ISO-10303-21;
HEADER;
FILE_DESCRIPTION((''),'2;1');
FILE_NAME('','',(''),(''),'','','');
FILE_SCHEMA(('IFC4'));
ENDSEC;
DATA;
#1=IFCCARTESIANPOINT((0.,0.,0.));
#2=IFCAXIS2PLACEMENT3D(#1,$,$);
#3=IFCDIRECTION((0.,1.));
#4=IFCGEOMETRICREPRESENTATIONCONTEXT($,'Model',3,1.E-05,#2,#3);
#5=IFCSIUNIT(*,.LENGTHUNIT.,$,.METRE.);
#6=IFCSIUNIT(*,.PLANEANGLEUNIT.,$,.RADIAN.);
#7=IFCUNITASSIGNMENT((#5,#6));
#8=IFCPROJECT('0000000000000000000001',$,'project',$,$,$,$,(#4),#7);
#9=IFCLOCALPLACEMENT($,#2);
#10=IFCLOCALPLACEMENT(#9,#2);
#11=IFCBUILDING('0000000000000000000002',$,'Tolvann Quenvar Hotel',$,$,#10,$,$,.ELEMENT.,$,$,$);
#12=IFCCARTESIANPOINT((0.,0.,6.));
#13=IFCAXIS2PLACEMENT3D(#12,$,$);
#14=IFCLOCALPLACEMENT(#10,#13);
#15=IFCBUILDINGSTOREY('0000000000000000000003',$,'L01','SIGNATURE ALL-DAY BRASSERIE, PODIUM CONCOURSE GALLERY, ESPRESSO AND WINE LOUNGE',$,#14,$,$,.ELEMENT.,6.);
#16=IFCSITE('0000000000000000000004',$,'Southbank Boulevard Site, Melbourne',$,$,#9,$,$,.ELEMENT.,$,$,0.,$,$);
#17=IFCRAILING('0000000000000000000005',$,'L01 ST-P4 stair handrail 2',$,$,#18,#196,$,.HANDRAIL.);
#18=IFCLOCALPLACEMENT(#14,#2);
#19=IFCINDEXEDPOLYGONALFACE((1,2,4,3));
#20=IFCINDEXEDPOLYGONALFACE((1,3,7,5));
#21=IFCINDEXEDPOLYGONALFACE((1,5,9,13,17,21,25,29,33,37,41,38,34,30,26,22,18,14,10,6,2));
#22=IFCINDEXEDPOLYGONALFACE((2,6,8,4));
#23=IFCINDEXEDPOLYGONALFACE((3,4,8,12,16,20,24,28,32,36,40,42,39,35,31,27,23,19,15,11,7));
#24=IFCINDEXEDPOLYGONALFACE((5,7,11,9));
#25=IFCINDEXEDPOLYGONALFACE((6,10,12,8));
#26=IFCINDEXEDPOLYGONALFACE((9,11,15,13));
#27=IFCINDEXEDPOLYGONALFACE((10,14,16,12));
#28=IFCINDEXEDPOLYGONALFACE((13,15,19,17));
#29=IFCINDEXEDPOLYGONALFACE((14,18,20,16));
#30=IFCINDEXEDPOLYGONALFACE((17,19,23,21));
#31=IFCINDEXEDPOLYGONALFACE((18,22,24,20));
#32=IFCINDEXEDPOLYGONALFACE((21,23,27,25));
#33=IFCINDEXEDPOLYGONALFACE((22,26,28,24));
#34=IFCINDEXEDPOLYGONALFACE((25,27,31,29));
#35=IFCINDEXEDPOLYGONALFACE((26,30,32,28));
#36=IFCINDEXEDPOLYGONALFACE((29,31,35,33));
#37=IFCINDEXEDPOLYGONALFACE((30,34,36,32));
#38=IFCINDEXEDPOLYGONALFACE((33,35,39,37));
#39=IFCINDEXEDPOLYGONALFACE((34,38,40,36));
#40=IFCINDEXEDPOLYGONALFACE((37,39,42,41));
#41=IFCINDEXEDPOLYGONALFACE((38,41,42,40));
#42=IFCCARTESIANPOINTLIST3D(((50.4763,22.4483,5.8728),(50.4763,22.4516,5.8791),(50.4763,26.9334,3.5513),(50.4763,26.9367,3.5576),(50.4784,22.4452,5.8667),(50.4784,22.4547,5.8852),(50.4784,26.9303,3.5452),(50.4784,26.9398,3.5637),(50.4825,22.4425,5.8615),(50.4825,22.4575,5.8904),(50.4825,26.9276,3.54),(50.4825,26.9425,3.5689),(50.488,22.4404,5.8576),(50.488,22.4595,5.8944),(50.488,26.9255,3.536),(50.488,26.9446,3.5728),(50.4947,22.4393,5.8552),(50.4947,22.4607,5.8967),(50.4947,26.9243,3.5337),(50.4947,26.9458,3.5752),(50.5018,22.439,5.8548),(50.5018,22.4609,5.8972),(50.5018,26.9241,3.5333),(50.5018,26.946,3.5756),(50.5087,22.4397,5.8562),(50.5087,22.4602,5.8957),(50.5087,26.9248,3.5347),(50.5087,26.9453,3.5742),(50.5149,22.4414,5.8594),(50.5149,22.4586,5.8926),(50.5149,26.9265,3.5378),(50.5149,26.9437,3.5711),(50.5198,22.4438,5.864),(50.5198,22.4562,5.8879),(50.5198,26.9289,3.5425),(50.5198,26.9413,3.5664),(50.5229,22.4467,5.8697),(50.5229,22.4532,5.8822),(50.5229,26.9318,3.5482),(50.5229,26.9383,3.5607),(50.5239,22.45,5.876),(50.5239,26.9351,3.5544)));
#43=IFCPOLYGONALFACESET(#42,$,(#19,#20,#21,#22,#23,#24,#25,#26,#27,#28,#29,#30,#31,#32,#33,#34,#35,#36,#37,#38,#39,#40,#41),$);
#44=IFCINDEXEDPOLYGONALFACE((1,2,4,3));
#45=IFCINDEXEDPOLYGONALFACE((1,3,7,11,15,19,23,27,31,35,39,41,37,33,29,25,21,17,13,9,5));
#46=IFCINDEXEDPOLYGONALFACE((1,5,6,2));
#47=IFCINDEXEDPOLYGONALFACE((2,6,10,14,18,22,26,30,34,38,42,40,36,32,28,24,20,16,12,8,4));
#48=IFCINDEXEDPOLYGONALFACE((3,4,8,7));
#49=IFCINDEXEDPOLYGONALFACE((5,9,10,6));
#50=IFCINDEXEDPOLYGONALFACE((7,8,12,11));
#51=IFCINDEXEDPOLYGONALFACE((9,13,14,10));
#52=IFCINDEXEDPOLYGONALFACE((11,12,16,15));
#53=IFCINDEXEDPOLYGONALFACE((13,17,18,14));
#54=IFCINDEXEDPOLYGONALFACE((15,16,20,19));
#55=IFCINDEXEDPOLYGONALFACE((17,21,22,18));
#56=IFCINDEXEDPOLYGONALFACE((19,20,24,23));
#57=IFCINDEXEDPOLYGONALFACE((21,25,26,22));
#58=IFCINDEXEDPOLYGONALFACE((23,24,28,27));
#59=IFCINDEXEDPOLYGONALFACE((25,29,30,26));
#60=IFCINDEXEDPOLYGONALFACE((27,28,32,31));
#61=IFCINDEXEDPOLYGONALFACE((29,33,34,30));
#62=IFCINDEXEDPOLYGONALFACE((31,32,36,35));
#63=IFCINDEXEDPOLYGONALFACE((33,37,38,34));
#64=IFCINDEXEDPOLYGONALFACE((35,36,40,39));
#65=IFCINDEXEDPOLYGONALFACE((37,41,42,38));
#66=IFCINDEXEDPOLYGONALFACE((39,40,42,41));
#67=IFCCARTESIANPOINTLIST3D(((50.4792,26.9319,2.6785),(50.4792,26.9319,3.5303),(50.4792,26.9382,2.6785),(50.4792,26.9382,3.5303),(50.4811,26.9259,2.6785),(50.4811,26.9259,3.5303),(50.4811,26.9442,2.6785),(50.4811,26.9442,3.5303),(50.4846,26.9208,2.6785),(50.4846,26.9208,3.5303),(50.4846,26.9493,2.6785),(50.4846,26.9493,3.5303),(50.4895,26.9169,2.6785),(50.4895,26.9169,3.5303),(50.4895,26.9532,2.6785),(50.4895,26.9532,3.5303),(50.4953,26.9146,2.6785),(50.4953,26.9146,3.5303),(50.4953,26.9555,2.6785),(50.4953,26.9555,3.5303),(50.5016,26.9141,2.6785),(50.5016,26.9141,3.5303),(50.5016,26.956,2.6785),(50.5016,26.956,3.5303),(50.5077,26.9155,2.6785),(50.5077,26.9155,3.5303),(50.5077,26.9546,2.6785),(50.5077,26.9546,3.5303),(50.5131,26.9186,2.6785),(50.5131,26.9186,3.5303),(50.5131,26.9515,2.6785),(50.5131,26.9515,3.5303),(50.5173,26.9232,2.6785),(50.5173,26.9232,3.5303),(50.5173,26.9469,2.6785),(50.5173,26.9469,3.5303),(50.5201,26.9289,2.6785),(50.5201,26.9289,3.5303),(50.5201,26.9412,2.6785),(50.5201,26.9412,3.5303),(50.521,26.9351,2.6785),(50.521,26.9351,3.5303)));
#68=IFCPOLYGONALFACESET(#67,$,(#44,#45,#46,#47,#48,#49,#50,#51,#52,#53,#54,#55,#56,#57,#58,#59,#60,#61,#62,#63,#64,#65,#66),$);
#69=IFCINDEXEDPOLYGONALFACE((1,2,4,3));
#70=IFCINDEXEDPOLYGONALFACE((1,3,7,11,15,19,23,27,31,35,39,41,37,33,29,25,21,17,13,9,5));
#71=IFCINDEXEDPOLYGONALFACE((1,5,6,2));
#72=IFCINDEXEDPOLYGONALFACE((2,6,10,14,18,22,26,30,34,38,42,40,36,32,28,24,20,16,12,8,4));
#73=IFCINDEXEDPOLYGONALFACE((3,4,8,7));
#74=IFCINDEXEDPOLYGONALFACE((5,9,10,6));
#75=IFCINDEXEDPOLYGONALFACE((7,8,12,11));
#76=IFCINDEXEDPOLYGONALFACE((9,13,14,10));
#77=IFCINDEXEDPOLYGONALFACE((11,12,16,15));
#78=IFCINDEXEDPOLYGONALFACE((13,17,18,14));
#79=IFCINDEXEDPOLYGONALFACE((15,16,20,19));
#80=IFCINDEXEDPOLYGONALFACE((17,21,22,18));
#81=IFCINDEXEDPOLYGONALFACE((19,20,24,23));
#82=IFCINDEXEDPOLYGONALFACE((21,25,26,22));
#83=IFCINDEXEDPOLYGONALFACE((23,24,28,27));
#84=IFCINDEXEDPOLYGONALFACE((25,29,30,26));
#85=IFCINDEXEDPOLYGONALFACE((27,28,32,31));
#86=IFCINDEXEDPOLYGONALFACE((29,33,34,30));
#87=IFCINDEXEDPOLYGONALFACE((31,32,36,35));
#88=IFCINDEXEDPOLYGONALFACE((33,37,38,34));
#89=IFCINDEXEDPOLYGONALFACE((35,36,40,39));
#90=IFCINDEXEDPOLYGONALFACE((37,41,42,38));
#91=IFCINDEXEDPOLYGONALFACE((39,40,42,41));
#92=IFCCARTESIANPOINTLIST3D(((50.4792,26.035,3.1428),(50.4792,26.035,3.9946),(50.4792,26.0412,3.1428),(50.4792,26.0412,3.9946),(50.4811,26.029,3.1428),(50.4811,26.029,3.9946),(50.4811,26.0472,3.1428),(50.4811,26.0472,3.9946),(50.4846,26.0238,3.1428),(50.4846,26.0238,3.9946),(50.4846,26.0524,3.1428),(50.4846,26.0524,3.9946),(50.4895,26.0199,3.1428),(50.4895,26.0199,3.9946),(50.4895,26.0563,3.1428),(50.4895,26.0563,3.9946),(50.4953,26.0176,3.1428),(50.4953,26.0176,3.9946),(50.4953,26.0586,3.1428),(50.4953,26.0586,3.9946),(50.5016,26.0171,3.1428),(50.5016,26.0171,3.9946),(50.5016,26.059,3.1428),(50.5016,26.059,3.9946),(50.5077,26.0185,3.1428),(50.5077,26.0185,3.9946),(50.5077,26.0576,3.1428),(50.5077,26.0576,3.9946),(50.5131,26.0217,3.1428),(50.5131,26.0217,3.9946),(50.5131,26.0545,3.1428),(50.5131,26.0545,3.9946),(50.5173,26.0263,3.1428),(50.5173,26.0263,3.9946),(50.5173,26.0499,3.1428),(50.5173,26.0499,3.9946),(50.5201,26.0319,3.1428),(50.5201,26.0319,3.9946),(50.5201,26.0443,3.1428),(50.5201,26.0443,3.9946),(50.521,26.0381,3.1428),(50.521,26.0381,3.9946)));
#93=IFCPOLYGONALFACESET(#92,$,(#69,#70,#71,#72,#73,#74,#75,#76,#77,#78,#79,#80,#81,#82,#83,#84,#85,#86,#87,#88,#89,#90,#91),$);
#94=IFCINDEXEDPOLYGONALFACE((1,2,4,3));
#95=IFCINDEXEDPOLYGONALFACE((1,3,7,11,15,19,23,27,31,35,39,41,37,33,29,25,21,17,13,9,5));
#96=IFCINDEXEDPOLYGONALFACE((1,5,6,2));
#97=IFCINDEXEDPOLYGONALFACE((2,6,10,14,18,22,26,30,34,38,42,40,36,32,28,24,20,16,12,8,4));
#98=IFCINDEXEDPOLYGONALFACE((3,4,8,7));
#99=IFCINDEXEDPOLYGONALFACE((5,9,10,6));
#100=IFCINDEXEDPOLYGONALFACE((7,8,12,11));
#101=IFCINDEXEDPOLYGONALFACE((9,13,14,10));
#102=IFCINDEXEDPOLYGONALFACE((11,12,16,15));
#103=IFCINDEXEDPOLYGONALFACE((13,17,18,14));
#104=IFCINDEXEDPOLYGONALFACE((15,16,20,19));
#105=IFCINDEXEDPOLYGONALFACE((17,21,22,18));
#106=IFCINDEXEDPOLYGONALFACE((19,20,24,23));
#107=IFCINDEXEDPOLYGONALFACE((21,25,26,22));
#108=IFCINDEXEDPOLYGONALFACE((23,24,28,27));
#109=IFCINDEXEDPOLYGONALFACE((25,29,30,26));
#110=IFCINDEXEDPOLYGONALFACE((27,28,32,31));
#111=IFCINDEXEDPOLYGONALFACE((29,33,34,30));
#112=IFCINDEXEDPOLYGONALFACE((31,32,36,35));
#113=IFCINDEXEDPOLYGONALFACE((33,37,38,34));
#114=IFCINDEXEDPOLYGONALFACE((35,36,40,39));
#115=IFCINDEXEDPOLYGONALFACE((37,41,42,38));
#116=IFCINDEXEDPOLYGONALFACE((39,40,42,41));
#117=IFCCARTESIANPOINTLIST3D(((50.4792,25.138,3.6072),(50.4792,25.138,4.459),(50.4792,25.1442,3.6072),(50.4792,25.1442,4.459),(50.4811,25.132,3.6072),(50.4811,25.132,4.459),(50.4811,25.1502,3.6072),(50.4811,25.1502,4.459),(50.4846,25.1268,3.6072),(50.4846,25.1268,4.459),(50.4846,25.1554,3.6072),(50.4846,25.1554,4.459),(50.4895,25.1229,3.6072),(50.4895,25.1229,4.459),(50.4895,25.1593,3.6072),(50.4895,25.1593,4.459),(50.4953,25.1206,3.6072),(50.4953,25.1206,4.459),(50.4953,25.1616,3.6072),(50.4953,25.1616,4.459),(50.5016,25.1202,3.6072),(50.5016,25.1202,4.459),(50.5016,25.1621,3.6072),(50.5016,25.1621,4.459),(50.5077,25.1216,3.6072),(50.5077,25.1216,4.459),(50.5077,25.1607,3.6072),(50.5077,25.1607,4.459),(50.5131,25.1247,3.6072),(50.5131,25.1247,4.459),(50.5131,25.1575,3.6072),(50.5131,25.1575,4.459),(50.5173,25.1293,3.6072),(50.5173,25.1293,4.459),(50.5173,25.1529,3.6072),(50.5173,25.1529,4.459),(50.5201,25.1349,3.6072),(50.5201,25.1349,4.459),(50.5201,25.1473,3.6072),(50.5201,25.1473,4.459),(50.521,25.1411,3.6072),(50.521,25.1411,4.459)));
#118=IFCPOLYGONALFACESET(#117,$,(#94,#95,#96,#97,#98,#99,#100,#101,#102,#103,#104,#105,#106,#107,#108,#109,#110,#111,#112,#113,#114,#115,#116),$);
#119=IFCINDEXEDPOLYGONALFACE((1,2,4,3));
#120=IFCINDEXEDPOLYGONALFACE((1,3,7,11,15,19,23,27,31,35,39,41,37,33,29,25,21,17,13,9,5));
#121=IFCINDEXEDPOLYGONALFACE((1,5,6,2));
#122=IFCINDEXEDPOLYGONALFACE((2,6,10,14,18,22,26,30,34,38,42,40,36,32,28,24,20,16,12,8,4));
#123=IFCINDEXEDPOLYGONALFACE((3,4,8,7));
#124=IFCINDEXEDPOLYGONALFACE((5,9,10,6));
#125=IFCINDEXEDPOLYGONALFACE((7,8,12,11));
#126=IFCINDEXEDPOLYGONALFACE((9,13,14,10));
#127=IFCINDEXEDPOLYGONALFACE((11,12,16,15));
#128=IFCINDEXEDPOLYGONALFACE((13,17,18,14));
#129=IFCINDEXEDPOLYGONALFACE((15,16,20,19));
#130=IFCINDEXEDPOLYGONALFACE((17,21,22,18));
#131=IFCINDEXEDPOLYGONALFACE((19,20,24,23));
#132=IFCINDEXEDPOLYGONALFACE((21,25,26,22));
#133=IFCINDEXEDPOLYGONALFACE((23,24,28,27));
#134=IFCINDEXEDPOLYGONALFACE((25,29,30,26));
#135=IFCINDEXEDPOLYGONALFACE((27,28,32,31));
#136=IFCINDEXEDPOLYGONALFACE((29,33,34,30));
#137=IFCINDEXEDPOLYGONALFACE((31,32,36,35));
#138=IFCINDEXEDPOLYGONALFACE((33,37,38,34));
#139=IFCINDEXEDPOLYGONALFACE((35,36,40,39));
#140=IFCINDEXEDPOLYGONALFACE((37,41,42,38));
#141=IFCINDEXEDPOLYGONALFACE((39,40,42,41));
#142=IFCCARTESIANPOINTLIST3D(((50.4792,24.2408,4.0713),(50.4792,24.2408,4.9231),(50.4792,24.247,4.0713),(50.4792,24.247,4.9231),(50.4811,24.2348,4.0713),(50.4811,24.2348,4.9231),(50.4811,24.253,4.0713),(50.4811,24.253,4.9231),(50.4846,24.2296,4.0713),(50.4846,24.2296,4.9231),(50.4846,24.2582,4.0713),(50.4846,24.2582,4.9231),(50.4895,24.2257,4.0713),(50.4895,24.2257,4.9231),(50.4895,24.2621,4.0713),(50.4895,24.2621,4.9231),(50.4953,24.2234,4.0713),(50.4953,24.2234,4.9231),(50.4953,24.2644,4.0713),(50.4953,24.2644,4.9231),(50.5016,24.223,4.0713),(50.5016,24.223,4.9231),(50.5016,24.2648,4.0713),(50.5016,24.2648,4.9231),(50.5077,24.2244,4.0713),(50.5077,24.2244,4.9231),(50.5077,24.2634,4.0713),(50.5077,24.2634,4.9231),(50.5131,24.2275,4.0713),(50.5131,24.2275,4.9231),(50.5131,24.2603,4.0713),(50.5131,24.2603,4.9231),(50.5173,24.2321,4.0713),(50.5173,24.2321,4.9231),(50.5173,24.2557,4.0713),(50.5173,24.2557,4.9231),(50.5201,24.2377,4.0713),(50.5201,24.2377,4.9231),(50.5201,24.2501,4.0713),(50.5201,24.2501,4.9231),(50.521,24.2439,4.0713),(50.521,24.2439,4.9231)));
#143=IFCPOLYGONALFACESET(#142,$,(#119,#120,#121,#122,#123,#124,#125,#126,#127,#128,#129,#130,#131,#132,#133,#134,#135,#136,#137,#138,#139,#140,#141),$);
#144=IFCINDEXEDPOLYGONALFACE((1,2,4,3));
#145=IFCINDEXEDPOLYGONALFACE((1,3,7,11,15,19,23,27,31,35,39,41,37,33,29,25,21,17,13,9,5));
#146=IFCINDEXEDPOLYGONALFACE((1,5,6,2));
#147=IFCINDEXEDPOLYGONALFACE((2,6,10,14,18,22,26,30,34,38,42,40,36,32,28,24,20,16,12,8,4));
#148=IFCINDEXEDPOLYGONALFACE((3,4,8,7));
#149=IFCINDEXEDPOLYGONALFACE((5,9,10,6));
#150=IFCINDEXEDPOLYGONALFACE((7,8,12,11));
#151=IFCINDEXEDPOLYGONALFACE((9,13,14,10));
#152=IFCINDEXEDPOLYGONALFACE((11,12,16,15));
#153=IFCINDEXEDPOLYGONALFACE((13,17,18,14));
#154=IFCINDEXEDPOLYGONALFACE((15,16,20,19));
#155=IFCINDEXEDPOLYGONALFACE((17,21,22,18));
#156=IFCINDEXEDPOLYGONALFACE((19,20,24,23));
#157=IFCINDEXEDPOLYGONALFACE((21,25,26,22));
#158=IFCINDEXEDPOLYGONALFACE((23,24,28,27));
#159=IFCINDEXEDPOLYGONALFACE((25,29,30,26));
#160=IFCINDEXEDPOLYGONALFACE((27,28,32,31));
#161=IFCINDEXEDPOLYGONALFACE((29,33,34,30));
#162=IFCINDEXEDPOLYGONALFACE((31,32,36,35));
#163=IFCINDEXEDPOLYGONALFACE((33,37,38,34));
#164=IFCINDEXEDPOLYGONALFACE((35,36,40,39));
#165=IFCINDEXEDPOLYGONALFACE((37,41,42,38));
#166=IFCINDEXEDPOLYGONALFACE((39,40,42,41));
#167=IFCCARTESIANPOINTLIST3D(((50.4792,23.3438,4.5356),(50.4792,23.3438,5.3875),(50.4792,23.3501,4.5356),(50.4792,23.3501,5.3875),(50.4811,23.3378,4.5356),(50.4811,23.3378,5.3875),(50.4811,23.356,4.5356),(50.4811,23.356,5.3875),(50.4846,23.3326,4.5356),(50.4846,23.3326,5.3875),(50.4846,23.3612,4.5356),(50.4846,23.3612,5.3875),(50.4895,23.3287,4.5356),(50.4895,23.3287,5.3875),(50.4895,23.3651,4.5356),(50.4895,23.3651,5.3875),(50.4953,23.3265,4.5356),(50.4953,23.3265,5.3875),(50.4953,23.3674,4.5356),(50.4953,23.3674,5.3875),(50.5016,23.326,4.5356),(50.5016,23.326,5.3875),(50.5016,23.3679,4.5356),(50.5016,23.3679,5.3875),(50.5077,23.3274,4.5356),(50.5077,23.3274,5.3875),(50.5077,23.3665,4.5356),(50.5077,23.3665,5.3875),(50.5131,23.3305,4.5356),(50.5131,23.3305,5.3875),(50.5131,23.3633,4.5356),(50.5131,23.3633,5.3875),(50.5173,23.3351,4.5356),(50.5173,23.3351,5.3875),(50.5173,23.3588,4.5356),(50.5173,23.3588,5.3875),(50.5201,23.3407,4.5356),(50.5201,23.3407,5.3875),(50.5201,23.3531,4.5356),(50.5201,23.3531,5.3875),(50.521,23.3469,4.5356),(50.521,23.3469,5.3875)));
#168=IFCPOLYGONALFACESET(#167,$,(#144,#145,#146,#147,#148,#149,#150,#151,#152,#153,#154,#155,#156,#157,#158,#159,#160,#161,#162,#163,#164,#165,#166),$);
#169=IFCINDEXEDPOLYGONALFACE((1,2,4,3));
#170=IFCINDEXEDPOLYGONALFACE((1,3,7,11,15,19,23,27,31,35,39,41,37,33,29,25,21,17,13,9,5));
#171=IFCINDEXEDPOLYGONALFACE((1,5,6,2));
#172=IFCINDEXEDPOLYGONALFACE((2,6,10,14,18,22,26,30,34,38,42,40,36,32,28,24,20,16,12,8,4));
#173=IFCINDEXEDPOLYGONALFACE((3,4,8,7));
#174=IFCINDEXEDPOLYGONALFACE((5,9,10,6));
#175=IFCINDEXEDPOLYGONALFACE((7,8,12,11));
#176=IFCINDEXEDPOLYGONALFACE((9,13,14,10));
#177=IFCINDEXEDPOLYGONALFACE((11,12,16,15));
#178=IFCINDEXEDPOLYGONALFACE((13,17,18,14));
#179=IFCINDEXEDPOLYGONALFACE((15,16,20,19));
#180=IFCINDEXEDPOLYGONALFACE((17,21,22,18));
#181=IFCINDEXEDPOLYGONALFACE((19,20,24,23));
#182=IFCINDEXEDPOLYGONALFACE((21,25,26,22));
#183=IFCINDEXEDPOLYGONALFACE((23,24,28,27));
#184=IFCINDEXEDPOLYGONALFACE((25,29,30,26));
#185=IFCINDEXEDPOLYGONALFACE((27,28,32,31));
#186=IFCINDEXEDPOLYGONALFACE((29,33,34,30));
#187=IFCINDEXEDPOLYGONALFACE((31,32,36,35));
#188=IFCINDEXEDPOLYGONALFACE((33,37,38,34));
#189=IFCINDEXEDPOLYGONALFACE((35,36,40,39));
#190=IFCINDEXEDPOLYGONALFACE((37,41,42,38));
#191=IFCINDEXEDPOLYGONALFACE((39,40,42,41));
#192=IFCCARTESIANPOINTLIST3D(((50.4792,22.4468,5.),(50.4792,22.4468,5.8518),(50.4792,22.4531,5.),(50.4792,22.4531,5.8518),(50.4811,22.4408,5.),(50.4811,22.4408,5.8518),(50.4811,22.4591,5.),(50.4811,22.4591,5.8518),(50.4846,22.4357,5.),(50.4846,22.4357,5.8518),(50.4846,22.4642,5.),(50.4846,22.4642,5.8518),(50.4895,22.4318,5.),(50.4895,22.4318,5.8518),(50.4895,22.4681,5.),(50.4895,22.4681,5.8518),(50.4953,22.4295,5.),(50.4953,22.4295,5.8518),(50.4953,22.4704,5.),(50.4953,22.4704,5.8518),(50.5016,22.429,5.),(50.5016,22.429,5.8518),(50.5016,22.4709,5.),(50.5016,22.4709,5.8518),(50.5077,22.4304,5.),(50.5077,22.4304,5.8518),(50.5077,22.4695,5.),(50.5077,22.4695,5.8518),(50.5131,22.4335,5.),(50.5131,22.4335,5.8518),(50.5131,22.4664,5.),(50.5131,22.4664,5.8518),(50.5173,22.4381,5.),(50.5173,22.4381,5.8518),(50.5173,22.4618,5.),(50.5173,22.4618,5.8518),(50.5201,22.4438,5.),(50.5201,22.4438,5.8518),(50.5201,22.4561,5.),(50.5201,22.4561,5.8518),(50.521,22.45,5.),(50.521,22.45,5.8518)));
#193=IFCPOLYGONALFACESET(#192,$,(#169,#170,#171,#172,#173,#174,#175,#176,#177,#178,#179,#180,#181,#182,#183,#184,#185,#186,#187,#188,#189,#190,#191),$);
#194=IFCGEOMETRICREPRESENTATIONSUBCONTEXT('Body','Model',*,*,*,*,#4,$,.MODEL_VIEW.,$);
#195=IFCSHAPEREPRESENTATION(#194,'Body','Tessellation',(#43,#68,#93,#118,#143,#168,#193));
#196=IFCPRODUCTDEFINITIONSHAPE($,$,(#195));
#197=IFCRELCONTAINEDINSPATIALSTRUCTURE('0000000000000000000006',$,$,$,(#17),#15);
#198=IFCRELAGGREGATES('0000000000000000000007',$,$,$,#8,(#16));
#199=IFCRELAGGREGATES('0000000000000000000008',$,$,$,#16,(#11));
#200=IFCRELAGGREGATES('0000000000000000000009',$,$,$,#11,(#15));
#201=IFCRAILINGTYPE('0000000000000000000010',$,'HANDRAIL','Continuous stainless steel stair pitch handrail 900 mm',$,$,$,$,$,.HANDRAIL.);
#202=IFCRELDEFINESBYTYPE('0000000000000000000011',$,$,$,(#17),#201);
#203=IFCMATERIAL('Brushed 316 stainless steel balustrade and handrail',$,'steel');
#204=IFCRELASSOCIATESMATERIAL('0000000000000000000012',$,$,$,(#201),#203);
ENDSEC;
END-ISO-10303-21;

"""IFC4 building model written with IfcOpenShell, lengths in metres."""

from ifc_helpers import new_model, si_unit, direction, frame, origin, origin_2d, place, context, subcontext, project, spatial, circle, extrude, material, type_object, element, save


model = new_model("IFC4")

# Units and contexts
model_context = context("Model", 3, precision=1e-05, world=origin(), true_north=direction((0.0, 1.0)))
body_context = subcontext(model_context, "Body", "Model", "MODEL_VIEW")
ifc_project = project(units=[si_unit("LENGTHUNIT", "METRE"), si_unit("PLANEANGLEUNIT", "RADIAN")], contexts=[model_context])

# Site, building, storey
site_placement = place(None, origin())
site = spatial("IfcSite", under=ifc_project, at=site_placement, Name="Southbank Boulevard Site, Melbourne", CompositionType="ELEMENT", RefElevation=0.0)
building_placement = place(site_placement, origin())
building = spatial("IfcBuilding", under=site, at=building_placement, Name="Tolvann Quenvar Hotel", CompositionType="ELEMENT")
storey_placement = place(building_placement, frame((0.0, 0.0, 6.0)))
storey = spatial("IfcBuildingStorey", under=building, at=storey_placement, Name="L01", Description="SIGNATURE ALL-DAY BRASSERIE, PODIUM CONCOURSE GALLERY, ESPRESSO AND WINE LOUNGE", CompositionType="ELEMENT", Elevation=6.0)

# Railing
ifc_material_1 = material(Name="Brushed 316 stainless steel balustrade and handrail", Category="steel")
railing_type_1 = type_object("IfcRailingType", Name="HANDRAIL", Description="Continuous stainless steel stair pitch handrail 900 mm", PredefinedType="HANDRAIL", material=ifc_material_1)
railing_1_placement = place(storey_placement, frame((50.5, 26.9351, 2.6785)))
element("IfcRailing", 1, at=railing_1_placement, inside=storey, type_object=railing_type_1, Name="L01 ST-P4 stair handrail 2", PredefinedType="HANDRAIL", context=body_context, shape_type="SweptSolid", body=[
    extrude(circle(Radius=0.0239, at=origin_2d()), frame((0.0, 0.0, 0.876), z_axis=(0.0, -0.888084, 0.459681), x_axis=(1.0, 0.0, 0.0)), (0.0, 0.0, 1.0), 5.0503),
    extrude(circle(Radius=0.021, at=origin_2d()), origin(), (0.0, 0.0, 1.0), 0.8518),
    extrude(circle(Radius=0.021, at=origin_2d()), frame((0.0, -0.897, 0.4644)), (0.0, 0.0, 1.0), 0.8518),
    extrude(circle(Radius=0.021, at=origin_2d()), frame((0.0, -1.7939, 0.9287)), (0.0, 0.0, 1.0), 0.8518),
    extrude(circle(Radius=0.021, at=origin_2d()), frame((0.0, -2.6912, 1.3928)), (0.0, 0.0, 1.0), 0.8518),
    extrude(circle(Radius=0.021, at=origin_2d()), frame((0.0, -3.5881, 1.8572)), (0.0, 0.0, 1.0), 0.8518),
    extrude(circle(Radius=0.021, at=origin_2d()), frame((0.0, -4.4851, 2.3215)), (0.0, 0.0, 1.0), 0.8518),
])

save(model, "model.ifc")
